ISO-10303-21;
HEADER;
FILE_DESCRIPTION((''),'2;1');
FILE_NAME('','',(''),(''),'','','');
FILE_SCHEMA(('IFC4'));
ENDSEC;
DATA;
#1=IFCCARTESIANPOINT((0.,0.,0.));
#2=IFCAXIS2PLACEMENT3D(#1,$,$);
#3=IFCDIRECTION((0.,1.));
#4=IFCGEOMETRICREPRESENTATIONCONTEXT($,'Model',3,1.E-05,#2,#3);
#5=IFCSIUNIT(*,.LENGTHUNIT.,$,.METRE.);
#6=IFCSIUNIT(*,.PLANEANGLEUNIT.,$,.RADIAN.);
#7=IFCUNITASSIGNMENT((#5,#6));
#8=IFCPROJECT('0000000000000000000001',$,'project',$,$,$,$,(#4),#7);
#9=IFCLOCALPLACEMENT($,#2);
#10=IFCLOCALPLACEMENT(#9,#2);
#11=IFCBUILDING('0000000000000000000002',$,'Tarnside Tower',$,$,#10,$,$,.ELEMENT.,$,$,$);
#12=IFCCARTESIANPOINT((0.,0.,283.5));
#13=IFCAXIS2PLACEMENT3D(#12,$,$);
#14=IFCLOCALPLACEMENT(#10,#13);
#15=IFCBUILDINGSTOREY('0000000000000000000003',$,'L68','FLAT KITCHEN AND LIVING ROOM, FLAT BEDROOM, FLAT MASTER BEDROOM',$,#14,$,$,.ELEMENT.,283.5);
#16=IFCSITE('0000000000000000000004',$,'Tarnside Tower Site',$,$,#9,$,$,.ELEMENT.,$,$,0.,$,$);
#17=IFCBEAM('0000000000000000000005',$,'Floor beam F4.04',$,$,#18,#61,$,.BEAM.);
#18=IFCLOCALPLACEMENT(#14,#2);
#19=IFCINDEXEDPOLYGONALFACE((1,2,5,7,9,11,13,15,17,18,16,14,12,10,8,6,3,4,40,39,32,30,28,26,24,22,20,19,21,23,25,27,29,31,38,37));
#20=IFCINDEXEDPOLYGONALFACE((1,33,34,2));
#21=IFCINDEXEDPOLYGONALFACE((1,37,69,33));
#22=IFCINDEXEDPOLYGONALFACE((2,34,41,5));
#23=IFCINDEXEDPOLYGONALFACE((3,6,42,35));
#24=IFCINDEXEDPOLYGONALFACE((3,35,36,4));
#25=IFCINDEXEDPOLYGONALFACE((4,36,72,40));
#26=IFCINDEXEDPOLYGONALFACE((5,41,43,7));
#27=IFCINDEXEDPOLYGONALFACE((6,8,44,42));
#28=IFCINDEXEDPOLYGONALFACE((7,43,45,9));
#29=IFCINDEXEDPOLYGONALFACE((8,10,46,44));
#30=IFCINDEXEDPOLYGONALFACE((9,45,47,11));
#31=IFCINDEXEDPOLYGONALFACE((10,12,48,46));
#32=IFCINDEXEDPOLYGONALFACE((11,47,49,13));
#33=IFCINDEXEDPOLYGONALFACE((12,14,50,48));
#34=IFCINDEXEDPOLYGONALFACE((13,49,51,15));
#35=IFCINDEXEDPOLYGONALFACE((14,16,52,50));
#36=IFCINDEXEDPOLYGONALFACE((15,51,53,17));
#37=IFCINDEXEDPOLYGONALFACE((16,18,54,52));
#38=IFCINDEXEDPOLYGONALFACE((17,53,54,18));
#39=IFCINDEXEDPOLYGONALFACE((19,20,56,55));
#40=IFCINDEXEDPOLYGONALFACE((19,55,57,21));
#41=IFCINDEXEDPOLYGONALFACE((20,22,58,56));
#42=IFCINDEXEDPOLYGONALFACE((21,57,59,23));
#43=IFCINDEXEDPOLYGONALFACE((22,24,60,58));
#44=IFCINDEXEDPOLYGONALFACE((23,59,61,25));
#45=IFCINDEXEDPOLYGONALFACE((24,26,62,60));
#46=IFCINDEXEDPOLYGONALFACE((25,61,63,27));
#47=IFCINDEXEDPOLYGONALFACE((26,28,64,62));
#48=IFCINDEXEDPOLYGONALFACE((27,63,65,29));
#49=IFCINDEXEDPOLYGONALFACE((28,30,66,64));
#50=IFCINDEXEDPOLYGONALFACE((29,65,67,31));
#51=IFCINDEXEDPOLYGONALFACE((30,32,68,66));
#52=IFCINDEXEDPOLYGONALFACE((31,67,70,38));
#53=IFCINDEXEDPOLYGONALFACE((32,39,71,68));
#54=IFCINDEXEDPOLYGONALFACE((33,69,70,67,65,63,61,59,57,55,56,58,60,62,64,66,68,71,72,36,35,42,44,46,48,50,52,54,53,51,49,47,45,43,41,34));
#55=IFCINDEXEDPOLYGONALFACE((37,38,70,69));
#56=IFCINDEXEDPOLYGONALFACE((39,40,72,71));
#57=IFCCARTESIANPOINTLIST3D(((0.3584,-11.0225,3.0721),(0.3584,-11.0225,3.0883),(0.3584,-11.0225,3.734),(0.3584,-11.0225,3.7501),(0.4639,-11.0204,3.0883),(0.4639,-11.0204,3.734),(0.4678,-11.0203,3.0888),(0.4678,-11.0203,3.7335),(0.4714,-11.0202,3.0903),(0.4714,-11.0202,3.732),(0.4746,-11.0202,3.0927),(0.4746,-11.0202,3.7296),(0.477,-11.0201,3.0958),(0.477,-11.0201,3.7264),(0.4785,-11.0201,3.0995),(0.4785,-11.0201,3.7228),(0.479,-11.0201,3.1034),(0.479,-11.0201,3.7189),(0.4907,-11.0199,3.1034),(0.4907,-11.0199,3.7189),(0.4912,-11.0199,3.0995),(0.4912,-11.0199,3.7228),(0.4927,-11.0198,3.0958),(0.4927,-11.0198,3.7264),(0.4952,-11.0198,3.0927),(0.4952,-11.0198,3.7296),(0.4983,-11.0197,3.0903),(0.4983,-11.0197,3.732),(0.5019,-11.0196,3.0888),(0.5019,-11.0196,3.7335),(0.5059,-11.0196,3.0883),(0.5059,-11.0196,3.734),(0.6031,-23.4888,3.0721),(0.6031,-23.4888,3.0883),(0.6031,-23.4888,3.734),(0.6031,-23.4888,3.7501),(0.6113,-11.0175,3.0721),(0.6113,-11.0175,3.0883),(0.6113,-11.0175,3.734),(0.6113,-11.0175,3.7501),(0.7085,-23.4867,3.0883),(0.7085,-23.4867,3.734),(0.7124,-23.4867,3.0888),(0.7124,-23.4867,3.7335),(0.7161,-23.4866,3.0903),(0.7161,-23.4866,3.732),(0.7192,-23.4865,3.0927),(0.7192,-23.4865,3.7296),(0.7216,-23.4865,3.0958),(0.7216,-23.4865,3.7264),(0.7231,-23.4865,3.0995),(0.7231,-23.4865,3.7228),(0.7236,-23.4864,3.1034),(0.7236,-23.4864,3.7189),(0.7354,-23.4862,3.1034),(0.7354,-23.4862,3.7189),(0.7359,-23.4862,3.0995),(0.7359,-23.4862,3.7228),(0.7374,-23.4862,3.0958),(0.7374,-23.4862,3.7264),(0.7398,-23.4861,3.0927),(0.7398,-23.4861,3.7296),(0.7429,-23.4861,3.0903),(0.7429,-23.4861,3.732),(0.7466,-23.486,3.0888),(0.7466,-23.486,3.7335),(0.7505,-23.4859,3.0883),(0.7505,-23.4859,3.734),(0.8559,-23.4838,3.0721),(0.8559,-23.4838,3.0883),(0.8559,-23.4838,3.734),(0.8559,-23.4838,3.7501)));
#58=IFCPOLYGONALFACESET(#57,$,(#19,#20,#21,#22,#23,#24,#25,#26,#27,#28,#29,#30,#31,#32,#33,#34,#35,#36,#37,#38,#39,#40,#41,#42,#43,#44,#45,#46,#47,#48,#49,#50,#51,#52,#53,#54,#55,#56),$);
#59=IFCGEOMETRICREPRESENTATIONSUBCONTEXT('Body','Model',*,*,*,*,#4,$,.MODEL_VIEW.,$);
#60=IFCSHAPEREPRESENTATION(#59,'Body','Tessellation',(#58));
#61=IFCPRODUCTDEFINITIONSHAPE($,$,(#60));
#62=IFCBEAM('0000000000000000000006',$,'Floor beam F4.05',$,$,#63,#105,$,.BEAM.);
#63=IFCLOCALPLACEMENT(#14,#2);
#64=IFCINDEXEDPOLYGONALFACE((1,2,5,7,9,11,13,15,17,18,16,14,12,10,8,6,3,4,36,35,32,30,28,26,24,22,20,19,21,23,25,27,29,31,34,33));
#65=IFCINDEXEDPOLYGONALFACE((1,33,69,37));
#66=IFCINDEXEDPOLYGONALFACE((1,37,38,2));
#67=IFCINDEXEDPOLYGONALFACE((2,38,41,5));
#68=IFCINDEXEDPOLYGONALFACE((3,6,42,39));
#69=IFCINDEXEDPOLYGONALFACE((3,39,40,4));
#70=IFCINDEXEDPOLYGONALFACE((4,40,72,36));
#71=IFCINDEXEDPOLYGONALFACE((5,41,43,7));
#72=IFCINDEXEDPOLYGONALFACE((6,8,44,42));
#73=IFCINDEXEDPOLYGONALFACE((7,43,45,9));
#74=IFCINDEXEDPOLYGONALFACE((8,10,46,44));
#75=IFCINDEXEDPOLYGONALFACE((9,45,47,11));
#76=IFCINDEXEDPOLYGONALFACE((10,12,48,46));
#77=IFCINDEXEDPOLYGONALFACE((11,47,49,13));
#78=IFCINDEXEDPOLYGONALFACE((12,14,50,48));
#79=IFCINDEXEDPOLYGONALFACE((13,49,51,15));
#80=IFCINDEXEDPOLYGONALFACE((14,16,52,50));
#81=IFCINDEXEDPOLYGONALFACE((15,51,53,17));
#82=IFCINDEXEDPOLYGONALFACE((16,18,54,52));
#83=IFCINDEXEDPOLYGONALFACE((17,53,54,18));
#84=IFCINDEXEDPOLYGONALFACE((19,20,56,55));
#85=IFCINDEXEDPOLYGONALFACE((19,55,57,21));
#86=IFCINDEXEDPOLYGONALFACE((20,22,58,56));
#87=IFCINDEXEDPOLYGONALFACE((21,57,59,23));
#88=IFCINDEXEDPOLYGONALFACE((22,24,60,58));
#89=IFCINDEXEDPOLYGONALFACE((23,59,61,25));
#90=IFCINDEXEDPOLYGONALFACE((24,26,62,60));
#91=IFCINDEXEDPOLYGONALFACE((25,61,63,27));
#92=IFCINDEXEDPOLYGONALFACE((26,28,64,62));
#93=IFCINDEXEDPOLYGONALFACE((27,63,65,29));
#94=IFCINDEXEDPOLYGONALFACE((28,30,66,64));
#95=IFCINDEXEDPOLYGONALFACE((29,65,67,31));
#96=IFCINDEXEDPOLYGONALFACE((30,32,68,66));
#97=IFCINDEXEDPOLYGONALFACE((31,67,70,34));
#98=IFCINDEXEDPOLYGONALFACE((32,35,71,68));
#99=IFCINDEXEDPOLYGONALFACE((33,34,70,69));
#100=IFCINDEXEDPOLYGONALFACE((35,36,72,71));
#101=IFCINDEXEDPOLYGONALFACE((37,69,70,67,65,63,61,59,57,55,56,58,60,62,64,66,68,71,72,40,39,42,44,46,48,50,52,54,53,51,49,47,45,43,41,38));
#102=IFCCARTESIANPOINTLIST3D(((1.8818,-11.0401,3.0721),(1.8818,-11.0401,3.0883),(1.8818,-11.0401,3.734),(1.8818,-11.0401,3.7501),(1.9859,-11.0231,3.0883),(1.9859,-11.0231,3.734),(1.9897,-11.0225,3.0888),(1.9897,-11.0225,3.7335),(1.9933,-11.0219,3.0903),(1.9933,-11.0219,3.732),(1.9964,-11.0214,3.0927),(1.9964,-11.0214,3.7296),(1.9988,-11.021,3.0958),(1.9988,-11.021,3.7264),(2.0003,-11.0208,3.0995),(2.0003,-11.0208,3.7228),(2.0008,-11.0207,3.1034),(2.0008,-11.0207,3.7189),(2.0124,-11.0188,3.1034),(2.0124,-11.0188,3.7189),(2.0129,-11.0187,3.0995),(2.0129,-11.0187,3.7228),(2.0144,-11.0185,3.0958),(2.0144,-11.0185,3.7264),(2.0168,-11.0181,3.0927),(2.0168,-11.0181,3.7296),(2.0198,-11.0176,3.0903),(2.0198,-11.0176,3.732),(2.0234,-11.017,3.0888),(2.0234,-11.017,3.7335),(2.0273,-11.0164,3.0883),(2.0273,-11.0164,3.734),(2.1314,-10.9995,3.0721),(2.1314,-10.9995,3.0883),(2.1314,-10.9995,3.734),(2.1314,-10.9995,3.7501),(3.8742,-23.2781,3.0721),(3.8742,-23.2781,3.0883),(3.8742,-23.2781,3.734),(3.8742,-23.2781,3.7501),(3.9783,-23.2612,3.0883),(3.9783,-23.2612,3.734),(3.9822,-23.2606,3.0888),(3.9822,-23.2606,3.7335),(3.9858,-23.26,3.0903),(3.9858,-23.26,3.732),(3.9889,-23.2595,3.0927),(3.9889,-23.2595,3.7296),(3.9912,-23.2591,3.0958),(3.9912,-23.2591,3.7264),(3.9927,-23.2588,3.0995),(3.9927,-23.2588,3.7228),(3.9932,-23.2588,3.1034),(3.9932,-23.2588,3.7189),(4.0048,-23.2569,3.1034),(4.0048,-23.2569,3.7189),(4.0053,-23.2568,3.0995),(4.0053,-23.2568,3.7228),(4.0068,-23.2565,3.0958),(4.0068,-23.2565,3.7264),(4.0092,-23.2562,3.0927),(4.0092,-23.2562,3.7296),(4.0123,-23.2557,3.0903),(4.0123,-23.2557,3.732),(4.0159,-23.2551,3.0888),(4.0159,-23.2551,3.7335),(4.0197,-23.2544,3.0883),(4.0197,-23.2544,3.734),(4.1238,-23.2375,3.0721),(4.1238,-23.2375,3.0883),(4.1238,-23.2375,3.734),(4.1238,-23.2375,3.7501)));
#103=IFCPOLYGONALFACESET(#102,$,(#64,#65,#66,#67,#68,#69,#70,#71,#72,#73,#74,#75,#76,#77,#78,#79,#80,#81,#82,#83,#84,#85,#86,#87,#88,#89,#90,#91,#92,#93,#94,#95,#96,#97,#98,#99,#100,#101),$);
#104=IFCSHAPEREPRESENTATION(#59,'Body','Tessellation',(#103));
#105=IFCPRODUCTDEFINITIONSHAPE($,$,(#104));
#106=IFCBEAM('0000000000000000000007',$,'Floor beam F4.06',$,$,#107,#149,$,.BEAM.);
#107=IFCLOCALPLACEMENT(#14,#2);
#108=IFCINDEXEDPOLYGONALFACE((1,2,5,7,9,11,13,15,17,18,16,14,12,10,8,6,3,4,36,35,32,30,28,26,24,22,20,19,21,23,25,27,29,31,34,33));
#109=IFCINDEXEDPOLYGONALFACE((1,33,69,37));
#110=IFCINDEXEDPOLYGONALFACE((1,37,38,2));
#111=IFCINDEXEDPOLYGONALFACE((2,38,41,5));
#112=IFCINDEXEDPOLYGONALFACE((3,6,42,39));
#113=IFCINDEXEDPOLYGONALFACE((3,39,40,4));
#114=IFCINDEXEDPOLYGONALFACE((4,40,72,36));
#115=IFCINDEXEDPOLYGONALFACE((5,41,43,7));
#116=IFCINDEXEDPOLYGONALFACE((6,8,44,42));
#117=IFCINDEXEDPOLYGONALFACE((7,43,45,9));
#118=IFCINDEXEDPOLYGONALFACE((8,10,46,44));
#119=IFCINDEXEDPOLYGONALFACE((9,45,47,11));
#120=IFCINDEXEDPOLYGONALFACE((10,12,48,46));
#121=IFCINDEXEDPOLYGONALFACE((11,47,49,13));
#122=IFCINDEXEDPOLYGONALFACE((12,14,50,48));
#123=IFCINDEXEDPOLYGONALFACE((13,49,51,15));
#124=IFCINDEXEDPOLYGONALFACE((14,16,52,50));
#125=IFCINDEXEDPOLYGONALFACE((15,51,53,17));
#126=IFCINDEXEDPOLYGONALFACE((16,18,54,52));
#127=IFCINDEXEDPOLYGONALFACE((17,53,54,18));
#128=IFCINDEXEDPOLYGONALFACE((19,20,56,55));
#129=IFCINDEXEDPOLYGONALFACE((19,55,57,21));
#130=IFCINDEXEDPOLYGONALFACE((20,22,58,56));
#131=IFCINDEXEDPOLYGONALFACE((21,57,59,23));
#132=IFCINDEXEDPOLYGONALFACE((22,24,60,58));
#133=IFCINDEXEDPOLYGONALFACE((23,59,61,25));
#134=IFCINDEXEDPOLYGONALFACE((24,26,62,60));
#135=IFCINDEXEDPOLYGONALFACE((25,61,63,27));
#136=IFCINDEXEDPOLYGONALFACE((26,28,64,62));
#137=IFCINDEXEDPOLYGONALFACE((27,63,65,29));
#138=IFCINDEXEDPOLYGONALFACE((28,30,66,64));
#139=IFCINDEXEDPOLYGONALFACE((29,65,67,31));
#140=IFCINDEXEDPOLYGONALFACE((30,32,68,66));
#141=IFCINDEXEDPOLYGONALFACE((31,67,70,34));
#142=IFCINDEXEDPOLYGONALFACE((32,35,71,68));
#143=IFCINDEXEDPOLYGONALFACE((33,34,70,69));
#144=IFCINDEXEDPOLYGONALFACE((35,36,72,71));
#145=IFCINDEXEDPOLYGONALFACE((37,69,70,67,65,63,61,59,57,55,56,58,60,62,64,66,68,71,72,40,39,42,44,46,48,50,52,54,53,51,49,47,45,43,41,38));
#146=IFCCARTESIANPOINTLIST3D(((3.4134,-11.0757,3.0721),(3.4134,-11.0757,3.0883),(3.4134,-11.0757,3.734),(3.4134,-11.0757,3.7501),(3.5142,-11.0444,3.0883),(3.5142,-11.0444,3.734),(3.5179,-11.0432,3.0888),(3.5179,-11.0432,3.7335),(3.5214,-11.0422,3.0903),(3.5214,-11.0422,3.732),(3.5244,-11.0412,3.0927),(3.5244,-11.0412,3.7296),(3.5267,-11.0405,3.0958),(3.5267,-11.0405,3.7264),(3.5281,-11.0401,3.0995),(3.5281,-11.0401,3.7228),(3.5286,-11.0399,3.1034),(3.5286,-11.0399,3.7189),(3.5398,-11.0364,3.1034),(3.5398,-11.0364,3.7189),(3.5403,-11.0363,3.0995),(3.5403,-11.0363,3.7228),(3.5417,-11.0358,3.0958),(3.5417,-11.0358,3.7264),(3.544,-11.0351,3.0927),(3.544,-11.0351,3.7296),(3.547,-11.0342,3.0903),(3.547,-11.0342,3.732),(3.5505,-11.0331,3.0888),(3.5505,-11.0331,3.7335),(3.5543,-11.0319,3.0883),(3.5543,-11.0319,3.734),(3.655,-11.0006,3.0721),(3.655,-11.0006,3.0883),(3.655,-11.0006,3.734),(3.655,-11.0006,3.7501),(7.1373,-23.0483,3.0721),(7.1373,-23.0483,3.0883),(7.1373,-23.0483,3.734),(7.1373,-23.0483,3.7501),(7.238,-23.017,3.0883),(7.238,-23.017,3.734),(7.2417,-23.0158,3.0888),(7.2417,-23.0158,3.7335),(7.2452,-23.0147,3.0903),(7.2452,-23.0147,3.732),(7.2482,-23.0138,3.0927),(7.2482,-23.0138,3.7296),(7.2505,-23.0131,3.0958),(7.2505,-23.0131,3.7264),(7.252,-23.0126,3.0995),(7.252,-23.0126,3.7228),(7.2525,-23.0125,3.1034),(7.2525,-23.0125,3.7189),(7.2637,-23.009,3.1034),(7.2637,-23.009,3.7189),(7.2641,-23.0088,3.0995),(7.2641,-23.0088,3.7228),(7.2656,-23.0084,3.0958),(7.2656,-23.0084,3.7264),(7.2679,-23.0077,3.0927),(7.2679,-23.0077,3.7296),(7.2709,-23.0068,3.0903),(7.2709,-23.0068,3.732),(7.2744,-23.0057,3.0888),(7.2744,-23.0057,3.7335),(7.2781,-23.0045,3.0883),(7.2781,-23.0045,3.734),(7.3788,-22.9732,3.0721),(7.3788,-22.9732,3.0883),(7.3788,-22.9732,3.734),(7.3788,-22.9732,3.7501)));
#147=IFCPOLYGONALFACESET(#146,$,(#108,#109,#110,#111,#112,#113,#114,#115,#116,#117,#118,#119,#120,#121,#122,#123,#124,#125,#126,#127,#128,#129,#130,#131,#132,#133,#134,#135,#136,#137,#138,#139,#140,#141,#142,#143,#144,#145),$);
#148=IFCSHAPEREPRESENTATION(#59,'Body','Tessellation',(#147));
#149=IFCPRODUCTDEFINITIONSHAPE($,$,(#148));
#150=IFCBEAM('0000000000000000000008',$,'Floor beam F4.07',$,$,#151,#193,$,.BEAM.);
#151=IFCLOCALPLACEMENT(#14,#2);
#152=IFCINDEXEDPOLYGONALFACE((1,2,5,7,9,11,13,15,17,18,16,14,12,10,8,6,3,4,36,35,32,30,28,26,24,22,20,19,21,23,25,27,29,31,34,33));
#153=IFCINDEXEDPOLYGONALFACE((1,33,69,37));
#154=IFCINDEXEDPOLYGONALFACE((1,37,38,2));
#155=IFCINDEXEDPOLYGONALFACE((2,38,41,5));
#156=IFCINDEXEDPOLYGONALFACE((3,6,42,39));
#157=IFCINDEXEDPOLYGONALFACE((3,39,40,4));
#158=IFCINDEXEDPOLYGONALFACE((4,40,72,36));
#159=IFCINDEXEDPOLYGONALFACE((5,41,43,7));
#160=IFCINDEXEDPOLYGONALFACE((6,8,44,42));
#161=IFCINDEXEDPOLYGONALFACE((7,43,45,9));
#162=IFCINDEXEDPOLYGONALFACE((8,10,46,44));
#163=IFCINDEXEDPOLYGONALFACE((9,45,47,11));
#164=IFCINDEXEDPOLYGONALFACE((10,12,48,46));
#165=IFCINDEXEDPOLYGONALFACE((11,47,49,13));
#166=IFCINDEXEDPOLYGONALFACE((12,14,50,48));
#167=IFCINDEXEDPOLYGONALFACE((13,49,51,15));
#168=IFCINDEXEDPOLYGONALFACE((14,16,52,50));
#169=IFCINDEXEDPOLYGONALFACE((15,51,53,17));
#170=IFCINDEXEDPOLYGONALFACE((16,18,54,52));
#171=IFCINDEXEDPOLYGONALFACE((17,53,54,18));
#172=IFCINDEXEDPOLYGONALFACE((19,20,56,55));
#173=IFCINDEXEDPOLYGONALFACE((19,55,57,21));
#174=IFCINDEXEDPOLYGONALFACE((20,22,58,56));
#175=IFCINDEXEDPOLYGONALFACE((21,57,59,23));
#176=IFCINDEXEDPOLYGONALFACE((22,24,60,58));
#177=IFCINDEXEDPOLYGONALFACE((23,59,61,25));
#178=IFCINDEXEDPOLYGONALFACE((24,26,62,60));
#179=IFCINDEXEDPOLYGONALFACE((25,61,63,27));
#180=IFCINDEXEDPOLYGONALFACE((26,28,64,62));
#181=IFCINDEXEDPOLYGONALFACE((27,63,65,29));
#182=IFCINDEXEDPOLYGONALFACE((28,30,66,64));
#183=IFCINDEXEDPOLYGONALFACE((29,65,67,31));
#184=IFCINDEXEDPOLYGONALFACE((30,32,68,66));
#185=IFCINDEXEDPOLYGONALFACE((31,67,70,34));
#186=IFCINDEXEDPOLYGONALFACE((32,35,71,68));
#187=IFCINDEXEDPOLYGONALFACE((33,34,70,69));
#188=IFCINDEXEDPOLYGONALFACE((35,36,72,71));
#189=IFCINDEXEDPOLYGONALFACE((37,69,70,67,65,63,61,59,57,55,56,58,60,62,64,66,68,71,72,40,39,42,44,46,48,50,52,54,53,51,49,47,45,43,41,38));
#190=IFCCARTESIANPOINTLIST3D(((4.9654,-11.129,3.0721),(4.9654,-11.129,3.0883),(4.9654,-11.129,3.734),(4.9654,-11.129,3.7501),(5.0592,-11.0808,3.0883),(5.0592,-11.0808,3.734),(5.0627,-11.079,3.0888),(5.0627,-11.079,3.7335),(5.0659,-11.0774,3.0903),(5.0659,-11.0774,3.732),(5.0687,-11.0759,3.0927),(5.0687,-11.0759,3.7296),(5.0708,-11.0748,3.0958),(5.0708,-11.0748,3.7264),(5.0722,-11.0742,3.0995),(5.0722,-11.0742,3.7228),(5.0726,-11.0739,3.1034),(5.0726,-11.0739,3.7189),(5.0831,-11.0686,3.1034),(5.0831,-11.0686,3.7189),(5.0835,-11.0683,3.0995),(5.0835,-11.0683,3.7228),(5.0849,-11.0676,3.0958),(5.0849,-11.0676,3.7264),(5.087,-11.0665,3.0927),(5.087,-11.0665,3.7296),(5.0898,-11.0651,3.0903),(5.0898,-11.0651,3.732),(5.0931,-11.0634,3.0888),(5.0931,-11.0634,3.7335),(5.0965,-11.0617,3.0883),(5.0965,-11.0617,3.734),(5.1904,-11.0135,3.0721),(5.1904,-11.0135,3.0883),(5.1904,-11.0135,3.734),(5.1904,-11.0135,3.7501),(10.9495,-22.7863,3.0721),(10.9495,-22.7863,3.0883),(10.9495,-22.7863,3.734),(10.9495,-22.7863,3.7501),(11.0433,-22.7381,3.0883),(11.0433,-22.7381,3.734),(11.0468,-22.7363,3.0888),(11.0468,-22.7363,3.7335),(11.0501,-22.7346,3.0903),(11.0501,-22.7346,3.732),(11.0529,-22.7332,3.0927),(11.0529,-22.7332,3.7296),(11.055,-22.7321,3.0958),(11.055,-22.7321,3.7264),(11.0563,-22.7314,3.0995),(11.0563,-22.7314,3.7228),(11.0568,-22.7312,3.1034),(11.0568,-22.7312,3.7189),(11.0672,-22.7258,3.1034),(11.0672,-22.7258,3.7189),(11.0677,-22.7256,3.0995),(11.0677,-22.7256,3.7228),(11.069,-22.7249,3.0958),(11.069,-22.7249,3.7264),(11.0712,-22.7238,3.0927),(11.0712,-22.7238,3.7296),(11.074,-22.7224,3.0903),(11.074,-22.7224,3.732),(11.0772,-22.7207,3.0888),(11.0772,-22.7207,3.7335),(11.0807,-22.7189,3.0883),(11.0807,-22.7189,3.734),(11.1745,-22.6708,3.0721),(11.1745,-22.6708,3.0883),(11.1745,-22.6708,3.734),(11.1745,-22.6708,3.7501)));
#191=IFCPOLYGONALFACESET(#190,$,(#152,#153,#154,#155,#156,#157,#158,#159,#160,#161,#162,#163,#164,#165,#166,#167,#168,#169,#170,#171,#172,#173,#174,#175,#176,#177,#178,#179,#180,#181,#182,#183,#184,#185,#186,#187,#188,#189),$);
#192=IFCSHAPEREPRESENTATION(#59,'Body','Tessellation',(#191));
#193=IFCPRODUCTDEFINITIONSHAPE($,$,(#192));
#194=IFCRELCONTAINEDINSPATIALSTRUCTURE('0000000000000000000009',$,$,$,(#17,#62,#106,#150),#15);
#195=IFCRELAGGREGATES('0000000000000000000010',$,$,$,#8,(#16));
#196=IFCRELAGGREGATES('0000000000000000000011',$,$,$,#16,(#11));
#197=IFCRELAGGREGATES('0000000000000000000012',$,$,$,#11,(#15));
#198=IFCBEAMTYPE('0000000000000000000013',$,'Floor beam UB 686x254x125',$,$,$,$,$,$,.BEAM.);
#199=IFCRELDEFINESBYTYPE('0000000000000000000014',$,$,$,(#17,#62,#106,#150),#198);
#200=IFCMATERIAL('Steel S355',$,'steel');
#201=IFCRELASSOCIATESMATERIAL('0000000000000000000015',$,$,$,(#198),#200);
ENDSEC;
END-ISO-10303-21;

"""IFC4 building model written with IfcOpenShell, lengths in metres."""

from ifc_helpers import new_model, si_unit, direction, frame, origin, origin_2d, place, context, subcontext, project, spatial, i_section, extrude, material, material_profile, profile_set, type_object, element, save


model = new_model("IFC4")

# Units and contexts
model_context = context("Model", 3, precision=1e-05, world=origin(), true_north=direction((0.0, 1.0)))
body_context = subcontext(model_context, "Body", "Model", "MODEL_VIEW")
ifc_project = project(units=[si_unit("LENGTHUNIT", "METRE"), si_unit("PLANEANGLEUNIT", "RADIAN")], contexts=[model_context])

# Site, building, storey
site_placement = place(None, origin())
site = spatial("IfcSite", under=ifc_project, at=site_placement, Name="Tarnside Tower Site", CompositionType="ELEMENT", RefElevation=0.0)
building_placement = place(site_placement, origin())
building = spatial("IfcBuilding", under=site, at=building_placement, Name="Tarnside Tower", CompositionType="ELEMENT")
storey_placement = place(building_placement, frame((0.0, 0.0, 283.5)))
storey = spatial("IfcBuildingStorey", under=building, at=storey_placement, Name="L68", Description="FLAT KITCHEN AND LIVING ROOM, FLAT BEDROOM, FLAT MASTER BEDROOM", CompositionType="ELEMENT", Elevation=283.5)

# Beams
ifc_material_1 = material(Name="Steel S355", Category="steel")
ifc_material_profile = material_profile(ifc_material_1, i_section(OverallWidth=0.2529, OverallDepth=0.678, WebThickness=0.0117, FlangeThickness=0.0161, FilletRadius=0.0151, at=origin_2d()), Name="UB 686x254x125")
ifc_profile_set = profile_set([ifc_material_profile], Name="Steel S355")
beam_type = type_object("IfcBeamType", Name="Floor beam UB 686x254x125", PredefinedType="BEAM", material=ifc_profile_set)
beam_1_placement = place(storey_placement, frame((0.7295, -23.4863, 3.4111), z_axis=(-0.019619, 0.999808, 0.0), x_axis=(-0.999808, -0.019619, 0.0)))
element("IfcBeam", 1, at=beam_1_placement, inside=storey, type_object=beam_type, Name="Floor beam F4.04", PredefinedType="BEAM", context=body_context, shape_type="SweptSolid", body=[
    extrude(i_section(OverallWidth=0.2529, OverallDepth=0.678, WebThickness=0.0117, FlangeThickness=0.0161, FilletRadius=0.0151, at=origin_2d()), origin(), (0.0, 0.0, 1.0), 12.4688),
])
beam_2_placement = place(storey_placement, frame((3.999, -23.2578, 3.4111), z_axis=(-0.160691, 0.987005, 0.0), x_axis=(-0.987005, -0.160691, 0.0)))
element("IfcBeam", 2, at=beam_2_placement, inside=storey, type_object=beam_type, Name="Floor beam F4.05", PredefinedType="BEAM", context=body_context, shape_type="SweptSolid", body=[
    extrude(i_section(OverallWidth=0.2529, OverallDepth=0.678, WebThickness=0.0117, FlangeThickness=0.0161, FilletRadius=0.0151, at=origin_2d()), origin(), (0.0, 0.0, 1.0), 12.3992),
])
beam_3_placement = place(storey_placement, frame((7.2581, -23.0107, 3.4111), z_axis=(-0.296998, 0.954878, 0.0), x_axis=(-0.954878, -0.296998, 0.0)))
element("IfcBeam", 3, at=beam_3_placement, inside=storey, type_object=beam_type, Name="Floor beam F4.06", PredefinedType="BEAM", context=body_context, shape_type="SweptSolid", body=[
    extrude(i_section(OverallWidth=0.2529, OverallDepth=0.678, WebThickness=0.0117, FlangeThickness=0.0161, FilletRadius=0.0151, at=origin_2d()), origin(), (0.0, 0.0, 1.0), 12.5383),
])
beam_4_placement = place(storey_placement, frame((11.062, -22.7285, 3.4111), z_axis=(-0.456683, 0.889629, 0.0), x_axis=(-0.889629, -0.456683, 0.0)))
element("IfcBeam", 4, at=beam_4_placement, inside=storey, type_object=beam_type, Name="Floor beam F4.07", PredefinedType="BEAM", context=body_context, shape_type="SweptSolid", body=[
    extrude(i_section(OverallWidth=0.2529, OverallDepth=0.678, WebThickness=0.0117, FlangeThickness=0.0161, FilletRadius=0.0151, at=origin_2d()), origin(), (0.0, 0.0, 1.0), 13.1035),
])

save(model, "model.ifc")
